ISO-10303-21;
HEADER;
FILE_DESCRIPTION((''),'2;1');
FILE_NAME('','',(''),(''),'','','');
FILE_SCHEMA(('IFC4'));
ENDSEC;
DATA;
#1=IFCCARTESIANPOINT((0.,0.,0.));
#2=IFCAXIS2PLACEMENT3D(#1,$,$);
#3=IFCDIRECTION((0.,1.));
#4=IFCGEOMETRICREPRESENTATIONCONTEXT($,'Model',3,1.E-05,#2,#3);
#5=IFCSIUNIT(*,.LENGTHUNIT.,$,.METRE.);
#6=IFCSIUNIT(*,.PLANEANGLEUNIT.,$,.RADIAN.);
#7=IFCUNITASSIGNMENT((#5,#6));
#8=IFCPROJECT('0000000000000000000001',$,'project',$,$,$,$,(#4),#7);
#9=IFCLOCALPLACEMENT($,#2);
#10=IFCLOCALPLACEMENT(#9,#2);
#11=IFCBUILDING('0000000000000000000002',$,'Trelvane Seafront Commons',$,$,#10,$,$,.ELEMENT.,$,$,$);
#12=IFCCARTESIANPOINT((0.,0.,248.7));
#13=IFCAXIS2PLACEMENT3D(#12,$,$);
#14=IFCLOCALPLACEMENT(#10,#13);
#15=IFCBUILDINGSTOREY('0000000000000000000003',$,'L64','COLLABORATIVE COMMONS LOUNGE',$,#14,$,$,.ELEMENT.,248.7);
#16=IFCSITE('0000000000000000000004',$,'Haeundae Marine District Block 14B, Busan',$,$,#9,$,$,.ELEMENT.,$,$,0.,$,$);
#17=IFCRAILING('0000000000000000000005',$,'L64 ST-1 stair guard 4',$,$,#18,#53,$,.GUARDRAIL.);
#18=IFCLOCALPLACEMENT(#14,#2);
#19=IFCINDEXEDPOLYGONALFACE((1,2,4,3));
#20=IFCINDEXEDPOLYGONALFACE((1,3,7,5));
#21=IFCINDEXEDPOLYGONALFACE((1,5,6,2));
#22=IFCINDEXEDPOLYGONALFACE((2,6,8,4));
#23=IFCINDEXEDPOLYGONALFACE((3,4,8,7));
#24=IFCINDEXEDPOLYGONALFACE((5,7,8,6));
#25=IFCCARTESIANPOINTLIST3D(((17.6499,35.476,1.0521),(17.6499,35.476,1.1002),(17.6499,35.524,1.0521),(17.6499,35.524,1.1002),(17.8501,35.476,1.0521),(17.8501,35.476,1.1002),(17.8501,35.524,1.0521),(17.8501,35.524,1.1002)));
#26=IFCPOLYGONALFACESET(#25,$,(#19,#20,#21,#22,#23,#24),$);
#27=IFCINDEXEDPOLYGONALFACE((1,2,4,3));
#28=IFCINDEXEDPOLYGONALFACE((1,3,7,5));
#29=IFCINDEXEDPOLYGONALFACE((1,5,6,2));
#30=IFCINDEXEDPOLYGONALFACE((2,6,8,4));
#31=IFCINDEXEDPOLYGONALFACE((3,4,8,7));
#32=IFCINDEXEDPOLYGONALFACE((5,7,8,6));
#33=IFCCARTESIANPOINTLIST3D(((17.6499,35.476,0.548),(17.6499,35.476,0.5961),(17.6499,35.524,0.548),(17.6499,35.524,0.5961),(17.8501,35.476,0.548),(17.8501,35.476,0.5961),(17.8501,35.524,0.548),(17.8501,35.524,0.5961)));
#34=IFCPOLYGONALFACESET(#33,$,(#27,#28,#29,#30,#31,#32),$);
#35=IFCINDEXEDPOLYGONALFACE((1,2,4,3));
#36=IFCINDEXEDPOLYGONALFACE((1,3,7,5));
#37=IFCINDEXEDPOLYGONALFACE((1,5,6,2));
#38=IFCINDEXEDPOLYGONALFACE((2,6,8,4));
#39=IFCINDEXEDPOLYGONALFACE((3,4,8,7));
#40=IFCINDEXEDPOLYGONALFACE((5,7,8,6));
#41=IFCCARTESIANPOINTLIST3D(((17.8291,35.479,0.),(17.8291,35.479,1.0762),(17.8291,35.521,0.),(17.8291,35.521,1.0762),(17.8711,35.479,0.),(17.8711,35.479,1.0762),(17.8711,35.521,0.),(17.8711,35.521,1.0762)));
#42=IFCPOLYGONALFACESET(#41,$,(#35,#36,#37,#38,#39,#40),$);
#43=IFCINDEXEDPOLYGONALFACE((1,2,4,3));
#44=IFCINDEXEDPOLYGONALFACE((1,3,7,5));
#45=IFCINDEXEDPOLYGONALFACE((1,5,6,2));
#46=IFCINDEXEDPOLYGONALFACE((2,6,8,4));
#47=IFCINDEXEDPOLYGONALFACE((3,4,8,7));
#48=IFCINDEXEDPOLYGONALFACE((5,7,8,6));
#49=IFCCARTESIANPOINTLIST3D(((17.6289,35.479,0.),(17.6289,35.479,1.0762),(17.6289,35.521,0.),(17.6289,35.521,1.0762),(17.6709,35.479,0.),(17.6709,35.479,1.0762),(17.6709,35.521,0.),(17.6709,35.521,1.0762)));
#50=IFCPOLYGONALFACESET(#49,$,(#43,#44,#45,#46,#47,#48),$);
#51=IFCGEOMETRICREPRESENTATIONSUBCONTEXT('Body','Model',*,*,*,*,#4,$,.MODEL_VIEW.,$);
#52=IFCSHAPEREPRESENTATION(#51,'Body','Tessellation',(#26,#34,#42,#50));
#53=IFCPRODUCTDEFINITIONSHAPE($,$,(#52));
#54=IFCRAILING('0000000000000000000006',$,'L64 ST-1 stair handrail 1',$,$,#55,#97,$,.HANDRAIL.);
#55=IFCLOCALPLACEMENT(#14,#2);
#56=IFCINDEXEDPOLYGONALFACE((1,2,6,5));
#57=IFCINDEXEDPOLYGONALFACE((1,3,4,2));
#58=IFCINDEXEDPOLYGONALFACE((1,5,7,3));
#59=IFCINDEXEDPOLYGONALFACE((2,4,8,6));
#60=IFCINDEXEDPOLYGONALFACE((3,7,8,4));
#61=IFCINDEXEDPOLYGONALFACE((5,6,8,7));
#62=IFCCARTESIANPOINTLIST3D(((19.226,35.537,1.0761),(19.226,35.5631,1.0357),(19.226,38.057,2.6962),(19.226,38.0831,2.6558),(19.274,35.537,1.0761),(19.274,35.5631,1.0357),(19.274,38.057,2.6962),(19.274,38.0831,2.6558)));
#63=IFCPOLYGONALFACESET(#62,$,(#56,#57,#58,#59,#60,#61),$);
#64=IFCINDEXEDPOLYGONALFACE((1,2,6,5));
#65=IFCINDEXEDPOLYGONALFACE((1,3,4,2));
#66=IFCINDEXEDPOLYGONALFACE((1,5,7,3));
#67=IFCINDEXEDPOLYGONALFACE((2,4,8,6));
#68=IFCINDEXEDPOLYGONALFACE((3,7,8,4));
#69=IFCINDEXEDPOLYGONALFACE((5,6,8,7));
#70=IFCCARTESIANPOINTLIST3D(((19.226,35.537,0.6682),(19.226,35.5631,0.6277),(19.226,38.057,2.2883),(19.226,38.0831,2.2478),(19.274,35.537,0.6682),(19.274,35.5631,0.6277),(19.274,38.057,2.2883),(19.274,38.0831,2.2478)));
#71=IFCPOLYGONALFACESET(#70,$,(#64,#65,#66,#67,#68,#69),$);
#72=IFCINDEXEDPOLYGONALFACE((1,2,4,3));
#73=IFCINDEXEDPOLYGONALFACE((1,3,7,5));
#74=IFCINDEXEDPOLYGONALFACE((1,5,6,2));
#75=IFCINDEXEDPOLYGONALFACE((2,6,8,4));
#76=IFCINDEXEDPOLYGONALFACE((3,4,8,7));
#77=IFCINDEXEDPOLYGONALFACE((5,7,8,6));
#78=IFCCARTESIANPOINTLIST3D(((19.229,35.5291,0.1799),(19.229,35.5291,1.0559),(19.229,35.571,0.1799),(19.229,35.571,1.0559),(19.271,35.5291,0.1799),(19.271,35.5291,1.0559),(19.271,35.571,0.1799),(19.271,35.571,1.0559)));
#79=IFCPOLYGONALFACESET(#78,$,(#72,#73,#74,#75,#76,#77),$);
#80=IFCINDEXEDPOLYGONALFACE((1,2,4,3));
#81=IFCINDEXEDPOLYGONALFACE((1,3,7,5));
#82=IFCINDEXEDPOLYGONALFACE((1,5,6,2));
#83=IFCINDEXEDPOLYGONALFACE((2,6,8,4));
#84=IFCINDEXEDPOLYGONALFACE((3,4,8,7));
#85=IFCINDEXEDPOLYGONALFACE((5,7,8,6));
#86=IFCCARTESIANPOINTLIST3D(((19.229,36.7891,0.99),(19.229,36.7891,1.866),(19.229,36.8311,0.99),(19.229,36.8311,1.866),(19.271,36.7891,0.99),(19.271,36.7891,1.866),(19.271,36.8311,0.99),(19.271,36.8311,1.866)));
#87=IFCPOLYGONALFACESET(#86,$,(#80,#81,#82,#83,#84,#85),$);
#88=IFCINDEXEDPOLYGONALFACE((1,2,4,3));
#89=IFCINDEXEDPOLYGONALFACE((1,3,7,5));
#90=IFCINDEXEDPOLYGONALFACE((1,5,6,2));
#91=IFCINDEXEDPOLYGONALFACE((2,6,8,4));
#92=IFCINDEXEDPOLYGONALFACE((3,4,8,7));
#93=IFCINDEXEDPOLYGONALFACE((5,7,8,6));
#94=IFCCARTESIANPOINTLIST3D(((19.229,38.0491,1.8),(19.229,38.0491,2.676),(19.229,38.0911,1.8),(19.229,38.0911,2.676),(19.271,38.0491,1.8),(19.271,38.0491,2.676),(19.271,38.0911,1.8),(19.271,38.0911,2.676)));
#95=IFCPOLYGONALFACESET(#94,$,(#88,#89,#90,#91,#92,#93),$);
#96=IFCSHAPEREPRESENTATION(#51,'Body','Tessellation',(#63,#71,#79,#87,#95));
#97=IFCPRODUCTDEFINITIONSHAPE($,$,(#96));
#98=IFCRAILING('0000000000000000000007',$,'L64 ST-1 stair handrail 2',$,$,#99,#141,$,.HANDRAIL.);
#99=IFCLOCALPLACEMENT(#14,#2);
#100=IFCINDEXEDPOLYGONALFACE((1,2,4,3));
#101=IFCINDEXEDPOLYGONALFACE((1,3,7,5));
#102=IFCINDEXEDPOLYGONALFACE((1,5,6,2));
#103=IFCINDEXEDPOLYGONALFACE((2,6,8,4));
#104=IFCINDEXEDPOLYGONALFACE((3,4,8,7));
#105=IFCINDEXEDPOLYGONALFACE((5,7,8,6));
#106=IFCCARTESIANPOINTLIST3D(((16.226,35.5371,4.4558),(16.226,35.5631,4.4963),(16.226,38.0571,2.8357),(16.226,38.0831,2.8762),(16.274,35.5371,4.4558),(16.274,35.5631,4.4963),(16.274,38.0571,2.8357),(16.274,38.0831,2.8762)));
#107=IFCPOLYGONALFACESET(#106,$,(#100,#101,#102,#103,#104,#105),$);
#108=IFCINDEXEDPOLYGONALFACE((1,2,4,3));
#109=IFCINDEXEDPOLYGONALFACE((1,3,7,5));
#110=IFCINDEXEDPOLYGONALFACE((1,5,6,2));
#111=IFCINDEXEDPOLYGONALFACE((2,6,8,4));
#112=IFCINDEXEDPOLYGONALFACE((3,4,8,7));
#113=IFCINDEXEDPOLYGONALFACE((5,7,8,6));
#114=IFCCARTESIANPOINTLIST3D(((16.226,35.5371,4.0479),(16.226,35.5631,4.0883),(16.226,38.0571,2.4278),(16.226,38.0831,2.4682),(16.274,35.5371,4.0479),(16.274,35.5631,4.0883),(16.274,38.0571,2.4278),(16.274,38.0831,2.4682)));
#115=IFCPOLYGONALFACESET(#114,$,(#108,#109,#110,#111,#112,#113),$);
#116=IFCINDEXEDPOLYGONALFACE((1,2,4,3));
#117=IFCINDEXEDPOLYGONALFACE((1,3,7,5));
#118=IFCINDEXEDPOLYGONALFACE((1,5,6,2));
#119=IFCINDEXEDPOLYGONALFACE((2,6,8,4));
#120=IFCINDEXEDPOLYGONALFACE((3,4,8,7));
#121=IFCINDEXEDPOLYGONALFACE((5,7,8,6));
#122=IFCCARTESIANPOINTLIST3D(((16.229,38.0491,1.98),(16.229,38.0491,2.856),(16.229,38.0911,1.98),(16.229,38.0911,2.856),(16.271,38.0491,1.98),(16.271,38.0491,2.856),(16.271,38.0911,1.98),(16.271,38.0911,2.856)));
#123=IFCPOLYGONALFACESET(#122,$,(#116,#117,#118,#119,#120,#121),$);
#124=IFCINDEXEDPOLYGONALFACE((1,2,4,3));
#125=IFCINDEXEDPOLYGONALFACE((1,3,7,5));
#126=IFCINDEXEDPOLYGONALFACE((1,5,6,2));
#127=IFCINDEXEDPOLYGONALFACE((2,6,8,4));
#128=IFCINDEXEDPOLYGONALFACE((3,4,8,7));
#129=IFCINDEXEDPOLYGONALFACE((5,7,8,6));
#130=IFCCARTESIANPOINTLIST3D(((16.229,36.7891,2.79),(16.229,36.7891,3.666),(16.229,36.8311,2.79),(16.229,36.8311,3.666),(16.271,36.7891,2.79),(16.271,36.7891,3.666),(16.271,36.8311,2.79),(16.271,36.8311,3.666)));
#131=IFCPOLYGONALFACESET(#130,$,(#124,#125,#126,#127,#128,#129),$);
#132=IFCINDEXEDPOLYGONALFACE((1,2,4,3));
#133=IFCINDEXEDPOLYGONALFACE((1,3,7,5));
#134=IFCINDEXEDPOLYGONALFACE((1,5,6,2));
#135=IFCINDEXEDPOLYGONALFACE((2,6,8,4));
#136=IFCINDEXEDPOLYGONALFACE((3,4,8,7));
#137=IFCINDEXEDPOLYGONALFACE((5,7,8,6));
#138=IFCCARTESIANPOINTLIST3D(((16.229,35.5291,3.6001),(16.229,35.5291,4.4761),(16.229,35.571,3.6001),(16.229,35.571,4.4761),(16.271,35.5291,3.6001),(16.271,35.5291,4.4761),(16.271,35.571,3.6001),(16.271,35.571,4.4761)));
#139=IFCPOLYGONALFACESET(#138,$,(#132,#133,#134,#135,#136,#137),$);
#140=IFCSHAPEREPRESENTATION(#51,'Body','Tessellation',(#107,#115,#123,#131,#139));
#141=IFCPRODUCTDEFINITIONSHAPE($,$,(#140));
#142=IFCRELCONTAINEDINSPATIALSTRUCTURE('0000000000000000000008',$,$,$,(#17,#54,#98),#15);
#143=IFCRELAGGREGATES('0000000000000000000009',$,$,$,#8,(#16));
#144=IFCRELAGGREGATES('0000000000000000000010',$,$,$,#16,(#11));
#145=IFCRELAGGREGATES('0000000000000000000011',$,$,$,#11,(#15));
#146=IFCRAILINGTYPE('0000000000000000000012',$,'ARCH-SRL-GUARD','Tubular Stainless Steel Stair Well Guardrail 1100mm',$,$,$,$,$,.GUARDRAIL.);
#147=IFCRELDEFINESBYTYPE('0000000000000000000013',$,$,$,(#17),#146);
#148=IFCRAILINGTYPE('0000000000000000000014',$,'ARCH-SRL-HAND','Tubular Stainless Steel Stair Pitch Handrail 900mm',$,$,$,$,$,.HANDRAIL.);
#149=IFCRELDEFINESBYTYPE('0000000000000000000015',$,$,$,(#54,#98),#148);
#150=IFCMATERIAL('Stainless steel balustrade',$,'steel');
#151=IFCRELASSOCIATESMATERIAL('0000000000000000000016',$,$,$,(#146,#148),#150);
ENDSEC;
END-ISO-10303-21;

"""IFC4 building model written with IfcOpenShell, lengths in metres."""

from ifc_helpers import new_model, si_unit, direction, frame, origin, origin_2d, place, context, subcontext, project, spatial, rectangle, extrude, material, type_object, element, save


model = new_model("IFC4")

# Units and contexts
model_context = context("Model", 3, precision=1e-05, world=origin(), true_north=direction((0.0, 1.0)))
body_context = subcontext(model_context, "Body", "Model", "MODEL_VIEW")
ifc_project = project(units=[si_unit("LENGTHUNIT", "METRE"), si_unit("PLANEANGLEUNIT", "RADIAN")], contexts=[model_context])

# Site, building, storey
site_placement = place(None, origin())
site = spatial("IfcSite", under=ifc_project, at=site_placement, Name="Haeundae Marine District Block 14B, Busan", CompositionType="ELEMENT", RefElevation=0.0)
building_placement = place(site_placement, origin())
building = spatial("IfcBuilding", under=site, at=building_placement, Name="Trelvane Seafront Commons", CompositionType="ELEMENT")
storey_placement = place(building_placement, frame((0.0, 0.0, 248.7)))
storey = spatial("IfcBuildingStorey", under=building, at=storey_placement, Name="L64", Description="COLLABORATIVE COMMONS LOUNGE", CompositionType="ELEMENT", Elevation=248.7)

# Shared definitions
ifc_material_1 = material(Name="Stainless steel balustrade", Category="steel")

# Railings
railing_type_1 = type_object("IfcRailingType", Name="ARCH-SRL-GUARD", Description="Tubular Stainless Steel Stair Well Guardrail 1100mm", PredefinedType="GUARDRAIL", material=ifc_material_1)
railing_1_placement = place(storey_placement, frame((17.8501, 35.5, 0.0)))
element("IfcRailing", 1, at=railing_1_placement, inside=storey, type_object=railing_type_1, Name="L64 ST-1 stair guard 4", PredefinedType="GUARDRAIL", context=body_context, shape_type="SweptSolid", body=[
    extrude(rectangle(XDim=0.0481, YDim=0.0481, at=origin_2d()), frame((0.0, 0.0, 1.0762), z_axis=(-1.0, 0.0, 0.0), x_axis=(0.0, -1.0, 0.0)), (0.0, 0.0, 1.0), 0.2002),
    extrude(rectangle(XDim=0.0481, YDim=0.0481, at=origin_2d()), frame((0.0, 0.0, 0.572), z_axis=(-1.0, 0.0, 0.0), x_axis=(0.0, -1.0, 0.0)), (0.0, 0.0, 1.0), 0.2002),
    extrude(rectangle(XDim=0.042, YDim=0.042, at=origin_2d()), origin(), (0.0, 0.0, 1.0), 1.0762),
    extrude(rectangle(XDim=0.042, YDim=0.042, at=origin_2d()), frame((-0.2002, 0.0, 0.0)), (0.0, 0.0, 1.0), 1.0762),
])
railing_type_2 = type_object("IfcRailingType", Name="ARCH-SRL-HAND", Description="Tubular Stainless Steel Stair Pitch Handrail 900mm", PredefinedType="HANDRAIL", material=ifc_material_1)
railing_2_placement = place(storey_placement, frame((19.25, 35.55, 0.1799)))
element("IfcRailing", 2, at=railing_2_placement, inside=storey, type_object=railing_type_2, Name="L64 ST-1 stair handrail 1", PredefinedType="HANDRAIL", context=body_context, shape_type="SweptSolid", body=[
    extrude(rectangle(XDim=0.0481, YDim=0.0481, at=origin_2d()), frame((0.0, 0.0, 0.876), z_axis=(0.0, 0.841163, 0.540782), x_axis=(-1.0, 0.0, 0.0)), (0.0, 0.0, 1.0), 2.9958),
    extrude(rectangle(XDim=0.0481, YDim=0.0481, at=origin_2d()), frame((0.0, 0.0, 0.468), z_axis=(0.0, 0.841163, 0.540782), x_axis=(-1.0, 0.0, 0.0)), (0.0, 0.0, 1.0), 2.9958),
    extrude(rectangle(XDim=0.042, YDim=0.042, at=origin_2d()), origin(), (0.0, 0.0, 1.0), 0.876),
    extrude(rectangle(XDim=0.042, YDim=0.042, at=origin_2d()), frame((0.0, 1.26, 0.8101)), (0.0, 0.0, 1.0), 0.876),
    extrude(rectangle(XDim=0.042, YDim=0.042, at=origin_2d()), frame((0.0, 2.52, 1.6201)), (0.0, 0.0, 1.0), 0.876),
])
railing_3_placement = place(storey_placement, frame((16.25, 38.0701, 1.98)))
element("IfcRailing", 3, at=railing_3_placement, inside=storey, type_object=railing_type_2, Name="L64 ST-1 stair handrail 2", PredefinedType="HANDRAIL", context=body_context, shape_type="SweptSolid", body=[
    extrude(rectangle(XDim=0.0481, YDim=0.0481, at=origin_2d()), frame((0.0, 0.0, 0.876), z_axis=(0.0, -0.841163, 0.540782), x_axis=(1.0, 0.0, 0.0)), (0.0, 0.0, 1.0), 2.9958),
    extrude(rectangle(XDim=0.0481, YDim=0.0481, at=origin_2d()), frame((0.0, 0.0, 0.468), z_axis=(0.0, -0.841163, 0.540782), x_axis=(1.0, 0.0, 0.0)), (0.0, 0.0, 1.0), 2.9958),
    extrude(rectangle(XDim=0.042, YDim=0.042, at=origin_2d()), origin(), (0.0, 0.0, 1.0), 0.876),
    extrude(rectangle(XDim=0.042, YDim=0.042, at=origin_2d()), frame((0.0, -1.26, 0.8101)), (0.0, 0.0, 1.0), 0.876),
    extrude(rectangle(XDim=0.042, YDim=0.042, at=origin_2d()), frame((0.0, -2.52, 1.6201)), (0.0, 0.0, 1.0), 0.876),
])

save(model, "model.ifc")
